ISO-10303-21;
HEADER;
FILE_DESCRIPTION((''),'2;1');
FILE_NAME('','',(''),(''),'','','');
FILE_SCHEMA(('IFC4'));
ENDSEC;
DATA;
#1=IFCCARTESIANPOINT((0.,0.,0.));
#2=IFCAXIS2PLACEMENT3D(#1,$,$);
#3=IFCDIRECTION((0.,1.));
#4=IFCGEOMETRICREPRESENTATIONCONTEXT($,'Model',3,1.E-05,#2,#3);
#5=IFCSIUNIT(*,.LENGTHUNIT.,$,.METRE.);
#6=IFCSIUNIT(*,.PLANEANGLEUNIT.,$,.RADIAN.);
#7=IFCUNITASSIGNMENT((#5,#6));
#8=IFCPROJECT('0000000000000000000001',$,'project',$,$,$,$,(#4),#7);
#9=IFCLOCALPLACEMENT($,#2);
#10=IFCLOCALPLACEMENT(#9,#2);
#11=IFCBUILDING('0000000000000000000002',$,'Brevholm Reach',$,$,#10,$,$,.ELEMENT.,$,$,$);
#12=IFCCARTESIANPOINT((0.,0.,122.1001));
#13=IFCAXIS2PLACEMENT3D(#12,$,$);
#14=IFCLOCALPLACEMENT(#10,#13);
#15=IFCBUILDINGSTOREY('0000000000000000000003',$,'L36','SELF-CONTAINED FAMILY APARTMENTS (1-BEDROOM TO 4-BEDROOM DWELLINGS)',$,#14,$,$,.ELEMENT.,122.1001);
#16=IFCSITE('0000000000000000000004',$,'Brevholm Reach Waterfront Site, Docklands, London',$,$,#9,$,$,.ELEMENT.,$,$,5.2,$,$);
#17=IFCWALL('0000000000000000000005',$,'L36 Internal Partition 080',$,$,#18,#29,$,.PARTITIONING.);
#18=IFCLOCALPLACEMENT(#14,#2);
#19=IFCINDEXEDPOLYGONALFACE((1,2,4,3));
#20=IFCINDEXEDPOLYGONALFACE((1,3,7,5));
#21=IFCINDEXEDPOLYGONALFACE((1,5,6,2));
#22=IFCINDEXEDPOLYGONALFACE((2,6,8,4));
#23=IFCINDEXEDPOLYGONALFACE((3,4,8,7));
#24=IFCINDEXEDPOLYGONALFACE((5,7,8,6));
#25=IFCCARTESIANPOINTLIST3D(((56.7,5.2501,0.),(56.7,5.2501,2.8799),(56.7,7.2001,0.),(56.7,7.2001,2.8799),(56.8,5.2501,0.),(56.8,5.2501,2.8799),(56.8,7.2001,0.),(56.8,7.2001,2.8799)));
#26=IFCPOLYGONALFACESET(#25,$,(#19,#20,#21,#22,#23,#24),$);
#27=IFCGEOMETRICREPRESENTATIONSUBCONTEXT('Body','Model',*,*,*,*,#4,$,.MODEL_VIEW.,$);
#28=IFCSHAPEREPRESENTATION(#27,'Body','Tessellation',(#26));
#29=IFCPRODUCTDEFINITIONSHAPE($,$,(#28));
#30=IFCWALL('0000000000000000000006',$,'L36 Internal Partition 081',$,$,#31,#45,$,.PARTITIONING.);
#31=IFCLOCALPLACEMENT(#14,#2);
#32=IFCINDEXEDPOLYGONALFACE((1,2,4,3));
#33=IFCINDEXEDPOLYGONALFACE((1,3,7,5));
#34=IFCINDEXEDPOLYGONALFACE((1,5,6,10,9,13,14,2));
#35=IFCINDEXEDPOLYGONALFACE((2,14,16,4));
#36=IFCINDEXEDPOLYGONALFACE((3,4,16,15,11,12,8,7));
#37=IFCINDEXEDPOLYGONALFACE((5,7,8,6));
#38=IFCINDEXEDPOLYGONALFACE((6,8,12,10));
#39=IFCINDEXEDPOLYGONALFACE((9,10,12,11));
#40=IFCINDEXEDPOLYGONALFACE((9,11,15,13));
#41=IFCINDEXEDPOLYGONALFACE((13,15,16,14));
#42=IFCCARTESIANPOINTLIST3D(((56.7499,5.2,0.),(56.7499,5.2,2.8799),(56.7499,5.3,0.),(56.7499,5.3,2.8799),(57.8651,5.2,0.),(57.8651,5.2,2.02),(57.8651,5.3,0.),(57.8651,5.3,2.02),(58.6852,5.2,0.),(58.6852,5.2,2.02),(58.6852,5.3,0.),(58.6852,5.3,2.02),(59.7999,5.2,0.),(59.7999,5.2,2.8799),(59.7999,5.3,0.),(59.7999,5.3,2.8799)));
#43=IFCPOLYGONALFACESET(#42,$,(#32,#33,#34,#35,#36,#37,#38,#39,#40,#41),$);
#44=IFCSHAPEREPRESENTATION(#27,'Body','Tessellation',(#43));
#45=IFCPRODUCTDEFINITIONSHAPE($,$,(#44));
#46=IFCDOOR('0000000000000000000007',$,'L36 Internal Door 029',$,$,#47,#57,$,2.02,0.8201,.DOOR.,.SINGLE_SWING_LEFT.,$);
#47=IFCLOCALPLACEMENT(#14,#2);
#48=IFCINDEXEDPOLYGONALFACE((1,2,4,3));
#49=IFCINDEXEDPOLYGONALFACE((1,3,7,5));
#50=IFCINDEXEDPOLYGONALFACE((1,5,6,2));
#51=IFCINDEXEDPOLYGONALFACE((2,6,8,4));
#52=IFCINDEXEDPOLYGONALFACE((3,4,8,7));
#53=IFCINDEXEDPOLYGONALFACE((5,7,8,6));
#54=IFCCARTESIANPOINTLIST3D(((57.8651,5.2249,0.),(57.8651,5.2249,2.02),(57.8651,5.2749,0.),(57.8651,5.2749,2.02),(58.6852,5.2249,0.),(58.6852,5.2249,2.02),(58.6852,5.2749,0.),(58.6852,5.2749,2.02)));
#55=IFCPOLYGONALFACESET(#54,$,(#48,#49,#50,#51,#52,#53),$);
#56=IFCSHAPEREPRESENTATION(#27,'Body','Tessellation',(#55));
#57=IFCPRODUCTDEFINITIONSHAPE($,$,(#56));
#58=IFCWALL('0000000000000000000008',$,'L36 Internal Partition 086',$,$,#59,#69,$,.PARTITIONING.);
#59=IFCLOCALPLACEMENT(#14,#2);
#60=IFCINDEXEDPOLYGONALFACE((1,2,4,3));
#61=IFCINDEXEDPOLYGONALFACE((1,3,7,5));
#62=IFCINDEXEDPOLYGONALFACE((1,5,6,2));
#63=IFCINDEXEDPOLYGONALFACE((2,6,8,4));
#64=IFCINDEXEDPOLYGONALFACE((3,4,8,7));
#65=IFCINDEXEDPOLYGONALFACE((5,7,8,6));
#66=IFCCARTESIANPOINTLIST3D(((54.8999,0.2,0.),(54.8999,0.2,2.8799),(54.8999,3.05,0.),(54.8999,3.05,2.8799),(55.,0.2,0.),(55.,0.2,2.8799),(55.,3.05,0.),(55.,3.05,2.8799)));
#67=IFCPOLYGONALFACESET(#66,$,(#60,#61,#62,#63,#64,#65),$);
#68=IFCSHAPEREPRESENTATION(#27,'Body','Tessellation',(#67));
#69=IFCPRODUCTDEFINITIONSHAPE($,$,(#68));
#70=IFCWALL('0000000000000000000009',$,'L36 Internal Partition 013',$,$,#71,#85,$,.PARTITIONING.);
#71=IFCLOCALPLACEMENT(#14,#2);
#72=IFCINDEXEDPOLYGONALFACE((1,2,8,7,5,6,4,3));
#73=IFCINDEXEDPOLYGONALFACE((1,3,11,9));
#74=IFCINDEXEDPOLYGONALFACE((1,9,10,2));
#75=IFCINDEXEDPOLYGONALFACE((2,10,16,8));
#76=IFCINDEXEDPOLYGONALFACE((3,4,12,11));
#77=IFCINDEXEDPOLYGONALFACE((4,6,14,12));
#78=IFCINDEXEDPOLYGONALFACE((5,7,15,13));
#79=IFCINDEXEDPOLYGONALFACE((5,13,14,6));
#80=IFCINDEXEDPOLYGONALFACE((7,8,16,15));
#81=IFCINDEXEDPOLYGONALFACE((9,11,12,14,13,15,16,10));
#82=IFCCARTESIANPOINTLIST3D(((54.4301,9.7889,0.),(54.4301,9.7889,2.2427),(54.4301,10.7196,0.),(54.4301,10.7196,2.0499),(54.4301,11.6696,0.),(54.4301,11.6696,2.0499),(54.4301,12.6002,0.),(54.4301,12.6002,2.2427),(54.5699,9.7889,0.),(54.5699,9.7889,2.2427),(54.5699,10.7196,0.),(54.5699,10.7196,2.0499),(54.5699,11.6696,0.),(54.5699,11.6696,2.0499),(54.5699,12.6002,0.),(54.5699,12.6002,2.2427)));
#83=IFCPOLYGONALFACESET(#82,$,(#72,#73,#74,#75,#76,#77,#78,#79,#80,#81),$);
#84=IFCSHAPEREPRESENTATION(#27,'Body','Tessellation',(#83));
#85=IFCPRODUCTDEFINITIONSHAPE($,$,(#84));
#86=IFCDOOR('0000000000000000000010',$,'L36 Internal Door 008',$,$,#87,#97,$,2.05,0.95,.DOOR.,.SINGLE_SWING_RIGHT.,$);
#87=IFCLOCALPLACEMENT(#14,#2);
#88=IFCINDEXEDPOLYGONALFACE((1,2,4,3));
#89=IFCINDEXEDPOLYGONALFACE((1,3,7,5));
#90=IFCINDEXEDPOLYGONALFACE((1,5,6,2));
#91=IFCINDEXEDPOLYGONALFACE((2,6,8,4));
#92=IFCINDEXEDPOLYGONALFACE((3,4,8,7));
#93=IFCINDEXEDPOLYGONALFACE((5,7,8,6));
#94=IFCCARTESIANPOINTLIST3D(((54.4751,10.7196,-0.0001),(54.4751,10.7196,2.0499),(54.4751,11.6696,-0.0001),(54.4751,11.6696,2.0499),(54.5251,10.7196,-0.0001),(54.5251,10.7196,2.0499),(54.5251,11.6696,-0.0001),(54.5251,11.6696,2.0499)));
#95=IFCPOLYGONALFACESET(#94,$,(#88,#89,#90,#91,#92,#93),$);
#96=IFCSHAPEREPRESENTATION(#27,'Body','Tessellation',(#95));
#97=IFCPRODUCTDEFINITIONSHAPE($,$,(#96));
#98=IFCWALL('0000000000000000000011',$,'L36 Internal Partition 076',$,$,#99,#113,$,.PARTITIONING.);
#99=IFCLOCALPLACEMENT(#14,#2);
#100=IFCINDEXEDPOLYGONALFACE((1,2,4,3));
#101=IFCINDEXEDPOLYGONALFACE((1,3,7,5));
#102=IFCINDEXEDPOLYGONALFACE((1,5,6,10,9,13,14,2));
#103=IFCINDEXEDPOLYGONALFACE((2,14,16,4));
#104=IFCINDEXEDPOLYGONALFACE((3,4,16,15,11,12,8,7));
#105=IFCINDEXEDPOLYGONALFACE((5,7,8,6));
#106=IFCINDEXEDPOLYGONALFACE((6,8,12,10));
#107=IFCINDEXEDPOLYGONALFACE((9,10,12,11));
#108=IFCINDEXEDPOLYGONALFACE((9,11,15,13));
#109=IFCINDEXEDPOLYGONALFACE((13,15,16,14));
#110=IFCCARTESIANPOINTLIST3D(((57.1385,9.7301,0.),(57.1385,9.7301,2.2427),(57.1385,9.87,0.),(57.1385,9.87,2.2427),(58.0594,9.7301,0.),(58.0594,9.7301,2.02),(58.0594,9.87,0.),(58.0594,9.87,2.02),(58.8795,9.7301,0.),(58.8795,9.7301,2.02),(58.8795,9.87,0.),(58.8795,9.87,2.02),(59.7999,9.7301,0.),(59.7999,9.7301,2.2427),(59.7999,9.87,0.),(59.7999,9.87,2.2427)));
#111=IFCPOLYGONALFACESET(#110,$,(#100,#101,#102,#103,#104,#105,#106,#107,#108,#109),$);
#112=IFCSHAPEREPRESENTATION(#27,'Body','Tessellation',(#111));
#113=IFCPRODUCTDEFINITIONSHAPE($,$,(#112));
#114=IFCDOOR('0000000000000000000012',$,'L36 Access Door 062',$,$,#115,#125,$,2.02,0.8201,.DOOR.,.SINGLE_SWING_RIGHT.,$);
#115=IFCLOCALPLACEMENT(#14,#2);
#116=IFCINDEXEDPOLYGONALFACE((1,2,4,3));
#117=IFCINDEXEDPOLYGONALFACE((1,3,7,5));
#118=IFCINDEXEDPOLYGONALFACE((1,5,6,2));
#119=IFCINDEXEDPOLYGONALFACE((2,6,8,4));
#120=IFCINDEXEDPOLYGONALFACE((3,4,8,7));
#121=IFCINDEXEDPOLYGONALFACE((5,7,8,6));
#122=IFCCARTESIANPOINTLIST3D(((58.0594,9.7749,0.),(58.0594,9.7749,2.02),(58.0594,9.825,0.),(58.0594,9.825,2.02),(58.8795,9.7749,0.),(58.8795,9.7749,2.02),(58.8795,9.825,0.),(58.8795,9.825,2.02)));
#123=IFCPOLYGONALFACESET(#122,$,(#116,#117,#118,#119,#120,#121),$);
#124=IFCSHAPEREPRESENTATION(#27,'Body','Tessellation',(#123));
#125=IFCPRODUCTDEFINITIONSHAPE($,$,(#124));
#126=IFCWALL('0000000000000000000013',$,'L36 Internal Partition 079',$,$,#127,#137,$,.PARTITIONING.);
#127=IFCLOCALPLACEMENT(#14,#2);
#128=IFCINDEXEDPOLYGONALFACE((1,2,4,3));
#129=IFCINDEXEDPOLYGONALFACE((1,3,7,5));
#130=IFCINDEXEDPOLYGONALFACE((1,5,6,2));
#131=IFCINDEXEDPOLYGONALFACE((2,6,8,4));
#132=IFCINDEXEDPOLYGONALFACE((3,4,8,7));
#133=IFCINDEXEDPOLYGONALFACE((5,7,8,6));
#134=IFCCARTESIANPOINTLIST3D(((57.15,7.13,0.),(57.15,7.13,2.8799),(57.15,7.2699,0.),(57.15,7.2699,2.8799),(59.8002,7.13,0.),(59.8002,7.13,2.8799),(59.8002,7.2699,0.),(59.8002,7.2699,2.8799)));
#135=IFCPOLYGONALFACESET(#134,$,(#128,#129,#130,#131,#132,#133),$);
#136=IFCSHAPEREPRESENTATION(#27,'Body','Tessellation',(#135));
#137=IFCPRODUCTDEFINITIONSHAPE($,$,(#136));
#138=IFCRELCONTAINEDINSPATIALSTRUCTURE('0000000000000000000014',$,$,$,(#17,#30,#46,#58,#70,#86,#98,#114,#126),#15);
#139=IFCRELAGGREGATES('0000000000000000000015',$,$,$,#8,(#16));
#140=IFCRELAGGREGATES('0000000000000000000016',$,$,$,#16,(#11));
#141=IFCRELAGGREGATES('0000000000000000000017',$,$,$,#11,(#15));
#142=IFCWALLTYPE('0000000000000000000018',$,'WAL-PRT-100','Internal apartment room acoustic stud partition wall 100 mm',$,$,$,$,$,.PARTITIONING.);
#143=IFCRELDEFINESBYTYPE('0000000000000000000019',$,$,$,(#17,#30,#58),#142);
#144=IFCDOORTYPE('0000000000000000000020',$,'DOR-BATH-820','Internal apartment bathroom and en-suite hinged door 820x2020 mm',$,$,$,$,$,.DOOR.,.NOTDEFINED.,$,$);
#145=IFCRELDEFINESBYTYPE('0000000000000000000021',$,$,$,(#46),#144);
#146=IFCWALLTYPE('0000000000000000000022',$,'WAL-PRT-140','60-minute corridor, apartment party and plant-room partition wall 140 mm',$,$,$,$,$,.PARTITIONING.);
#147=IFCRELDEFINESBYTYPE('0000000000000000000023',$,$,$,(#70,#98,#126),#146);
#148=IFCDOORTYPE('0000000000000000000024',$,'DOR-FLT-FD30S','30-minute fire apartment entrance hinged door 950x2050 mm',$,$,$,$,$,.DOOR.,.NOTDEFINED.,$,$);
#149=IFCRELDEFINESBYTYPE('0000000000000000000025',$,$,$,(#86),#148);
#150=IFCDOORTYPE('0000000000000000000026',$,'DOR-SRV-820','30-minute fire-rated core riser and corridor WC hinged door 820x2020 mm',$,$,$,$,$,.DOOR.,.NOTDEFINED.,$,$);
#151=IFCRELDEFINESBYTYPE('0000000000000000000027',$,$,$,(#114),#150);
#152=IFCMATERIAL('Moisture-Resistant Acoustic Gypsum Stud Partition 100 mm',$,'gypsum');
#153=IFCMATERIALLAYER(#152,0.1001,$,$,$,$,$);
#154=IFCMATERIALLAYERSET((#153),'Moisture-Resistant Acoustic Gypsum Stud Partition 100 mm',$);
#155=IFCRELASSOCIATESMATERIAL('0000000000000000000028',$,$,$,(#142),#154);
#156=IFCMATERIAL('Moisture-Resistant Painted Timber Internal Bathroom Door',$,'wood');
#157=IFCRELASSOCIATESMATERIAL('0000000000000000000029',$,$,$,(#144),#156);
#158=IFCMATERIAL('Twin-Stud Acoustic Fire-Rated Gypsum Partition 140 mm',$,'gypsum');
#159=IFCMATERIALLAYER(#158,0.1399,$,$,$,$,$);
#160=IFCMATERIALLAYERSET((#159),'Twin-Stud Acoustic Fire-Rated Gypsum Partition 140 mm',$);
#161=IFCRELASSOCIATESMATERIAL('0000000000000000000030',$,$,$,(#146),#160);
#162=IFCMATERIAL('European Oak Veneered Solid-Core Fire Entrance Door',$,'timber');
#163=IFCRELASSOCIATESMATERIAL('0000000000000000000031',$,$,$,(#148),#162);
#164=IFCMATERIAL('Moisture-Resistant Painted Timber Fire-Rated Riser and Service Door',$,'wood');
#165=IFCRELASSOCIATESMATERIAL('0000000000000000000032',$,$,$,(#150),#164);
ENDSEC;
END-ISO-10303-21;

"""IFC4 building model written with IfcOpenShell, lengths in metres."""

from ifc_helpers import new_model, si_unit, direction, frame, frame_2d, origin, place, context, subcontext, project, spatial, rectangle, extrude, material, layer, layer_set, type_object, element, fill, save


model = new_model("IFC4")

# Units and contexts
model_context = context("Model", 3, precision=1e-05, world=origin(), true_north=direction((0.0, 1.0)))
body_context = subcontext(model_context, "Body", "Model", "MODEL_VIEW")
ifc_project = project(units=[si_unit("LENGTHUNIT", "METRE"), si_unit("PLANEANGLEUNIT", "RADIAN")], contexts=[model_context])

# Site, building, storey
site_placement = place(None, origin())
site = spatial("IfcSite", under=ifc_project, at=site_placement, Name="Brevholm Reach Waterfront Site, Docklands, London", CompositionType="ELEMENT", RefElevation=5.2)
building_placement = place(site_placement, origin())
building = spatial("IfcBuilding", under=site, at=building_placement, Name="Brevholm Reach", CompositionType="ELEMENT")
storey_placement = place(building_placement, frame((0.0, 0.0, 122.1001)))
storey = spatial("IfcBuildingStorey", under=building, at=storey_placement, Name="L36", Description="SELF-CONTAINED FAMILY APARTMENTS (1-BEDROOM TO 4-BEDROOM DWELLINGS)", CompositionType="ELEMENT", Elevation=122.1001)

# Wall
ifc_material_1 = material(Name="Moisture-Resistant Acoustic Gypsum Stud Partition 100 mm", Category="gypsum")
ifc_layer_1 = layer(ifc_material_1, 0.1001)
ifc_layer_set_1 = layer_set([ifc_layer_1], Name="Moisture-Resistant Acoustic Gypsum Stud Partition 100 mm")
wall_type_1 = type_object("IfcWallType", Name="WAL-PRT-100", Description="Internal apartment room acoustic stud partition wall 100 mm", PredefinedType="PARTITIONING", material=ifc_layer_set_1)
wall_1_placement = place(storey_placement, frame((56.75, 5.25, 0.0), z_axis=(0.0, 0.0, 1.0), x_axis=(0.0, 1.0, 0.0)))
element("IfcWall", 1, at=wall_1_placement, inside=storey, type_object=wall_type_1, Name="L36 Internal Partition 080", PredefinedType="PARTITIONING", context=body_context, shape_type="SweptSolid", body=[
    extrude(rectangle(XDim=1.95, YDim=0.1001, at=frame_2d((0.9751, 0.0))), origin(), (0.0, 0.0, 1.0), 2.8799),
])

# Wall, opening, door
wall_2_placement = place(storey_placement, frame((56.75, 5.25, 0.0), z_axis=(0.0, 0.0, 1.0), x_axis=(1.0, 0.0, 0.0)))
wall_2 = element("IfcWall", 2, at=wall_2_placement, inside=storey, type_object=wall_type_1, Name="L36 Internal Partition 081", PredefinedType="PARTITIONING", context=body_context, shape_type="SweptSolid", body=[
    extrude(rectangle(XDim=3.05, YDim=0.1001, at=frame_2d((1.5249, 0.0))), origin(), (0.0, 0.0, 1.0), 2.8799),
])
opening_1_placement = place(wall_2_placement, frame((1.115, 0.0, 0.0)))
opening_1 = element("IfcOpeningElement", 3, at=opening_1_placement, cuts=wall_2, PredefinedType="OPENING", context=body_context, shape_type="SweptSolid", body=[
    extrude(rectangle(XDim=0.8201, YDim=2.02, at=frame_2d((0.4102, 1.01))), frame((0.0, 0.0601, 0.0), z_axis=(0.0, -1.0, 0.0), x_axis=(1.0, 0.0, 0.0)), (0.0, 0.0, 1.0), 0.1201),
])
ifc_material_2 = material(Name="Moisture-Resistant Painted Timber Internal Bathroom Door", Category="wood")
door_type_1 = type_object("IfcDoorType", Name="DOR-BATH-820", Description="Internal apartment bathroom and en-suite hinged door 820x2020 mm", OperationType="NOTDEFINED", PredefinedType="DOOR", material=ifc_material_2)
door_1_placement = place(opening_1_placement, origin())
door_1 = element("IfcDoor", 4, at=door_1_placement, inside=storey, type_object=door_type_1, Name="L36 Internal Door 029", OperationType="SINGLE_SWING_LEFT", OverallHeight=2.02, OverallWidth=0.8201, PredefinedType="DOOR", context=body_context, shape_type="SweptSolid", body=[
    extrude(rectangle(XDim=0.8201, YDim=2.02, at=frame_2d((0.4102, 1.01))), frame((0.0, 0.0249, 0.0), z_axis=(0.0, -1.0, 0.0), x_axis=(1.0, 0.0, 0.0)), (0.0, 0.0, 1.0), 0.05),
])
fill(opening_1, door_1)

# Wall
wall_3_placement = place(storey_placement, frame((54.95, 0.2, 0.0), z_axis=(0.0, 0.0, 1.0), x_axis=(0.0, 1.0, 0.0)))
element("IfcWall", 5, at=wall_3_placement, inside=storey, type_object=wall_type_1, Name="L36 Internal Partition 086", PredefinedType="PARTITIONING", context=body_context, shape_type="SweptSolid", body=[
    extrude(rectangle(XDim=2.8501, YDim=0.1001, at=frame_2d((1.425, 0.0))), origin(), (0.0, 0.0, 1.0), 2.8799),
])

# Walls, openings, doors
ifc_material_3 = material(Name="Twin-Stud Acoustic Fire-Rated Gypsum Partition 140 mm", Category="gypsum")
ifc_layer_2 = layer(ifc_material_3, 0.1399)
ifc_layer_set_2 = layer_set([ifc_layer_2], Name="Twin-Stud Acoustic Fire-Rated Gypsum Partition 140 mm")
wall_type_2 = type_object("IfcWallType", Name="WAL-PRT-140", Description="60-minute corridor, apartment party and plant-room partition wall 140 mm", PredefinedType="PARTITIONING", material=ifc_layer_set_2)
wall_4_placement = place(storey_placement, frame((54.5, 9.7888, 0.0), z_axis=(0.0, 0.0, 1.0), x_axis=(0.0, 1.0, 0.0)))
wall_4 = element("IfcWall", 6, at=wall_4_placement, inside=storey, type_object=wall_type_2, Name="L36 Internal Partition 013", PredefinedType="PARTITIONING", context=body_context, shape_type="SweptSolid", body=[
    extrude(rectangle(XDim=2.8113, YDim=0.1399, at=frame_2d((1.4058, 0.0))), origin(), (0.0, 0.0, 1.0), 2.2427),
])
opening_2_placement = place(wall_4_placement, frame((0.9307, 0.0, 0.0)))
opening_2 = element("IfcOpeningElement", 7, at=opening_2_placement, cuts=wall_4, PredefinedType="OPENING", context=body_context, shape_type="SweptSolid", body=[
    extrude(rectangle(XDim=0.95, YDim=2.05, at=frame_2d((0.4751, 1.0249))), frame((0.0, 0.0798, 0.0), z_axis=(0.0, -1.0, 0.0), x_axis=(1.0, 0.0, 0.0)), (0.0, 0.0, 1.0), 0.1599),
])
ifc_material_4 = material(Name="European Oak Veneered Solid-Core Fire Entrance Door", Category="timber")
door_type_2 = type_object("IfcDoorType", Name="DOR-FLT-FD30S", Description="30-minute fire apartment entrance hinged door 950x2050 mm", OperationType="NOTDEFINED", PredefinedType="DOOR", material=ifc_material_4)
door_2_placement = place(opening_2_placement, origin())
door_2 = element("IfcDoor", 8, at=door_2_placement, inside=storey, type_object=door_type_2, Name="L36 Internal Door 008", OperationType="SINGLE_SWING_RIGHT", OverallHeight=2.05, OverallWidth=0.95, PredefinedType="DOOR", context=body_context, shape_type="SweptSolid", body=[
    extrude(rectangle(XDim=0.95, YDim=2.05, at=frame_2d((0.4751, 1.0249))), frame((0.0, 0.0249, 0.0), z_axis=(0.0, -1.0, 0.0), x_axis=(1.0, 0.0, 0.0)), (0.0, 0.0, 1.0), 0.05),
])
fill(opening_2, door_2)
wall_5_placement = place(storey_placement, frame((57.1387, 9.8, 0.0), z_axis=(0.0, 0.0, 1.0), x_axis=(1.0, 0.0, 0.0)))
wall_5 = element("IfcWall", 9, at=wall_5_placement, inside=storey, type_object=wall_type_2, Name="L36 Internal Partition 076", PredefinedType="PARTITIONING", context=body_context, shape_type="SweptSolid", body=[
    extrude(rectangle(XDim=2.6614, YDim=0.1399, at=frame_2d((1.3306, 0.0))), origin(), (0.0, 0.0, 1.0), 2.2427),
])
opening_3_placement = place(wall_5_placement, frame((0.9207, 0.0, 0.0)))
opening_3 = element("IfcOpeningElement", 10, at=opening_3_placement, cuts=wall_5, PredefinedType="OPENING", context=body_context, shape_type="SweptSolid", body=[
    extrude(rectangle(XDim=0.8201, YDim=2.02, at=frame_2d((0.4102, 1.01))), frame((0.0, 0.0798, 0.0), z_axis=(0.0, -1.0, 0.0), x_axis=(1.0, 0.0, 0.0)), (0.0, 0.0, 1.0), 0.1599),
])
ifc_material_5 = material(Name="Moisture-Resistant Painted Timber Fire-Rated Riser and Service Door", Category="wood")
door_type_3 = type_object("IfcDoorType", Name="DOR-SRV-820", Description="30-minute fire-rated core riser and corridor WC hinged door 820x2020 mm", OperationType="NOTDEFINED", PredefinedType="DOOR", material=ifc_material_5)
door_3_placement = place(opening_3_placement, origin())
door_3 = element("IfcDoor", 11, at=door_3_placement, inside=storey, type_object=door_type_3, Name="L36 Access Door 062", OperationType="SINGLE_SWING_RIGHT", OverallHeight=2.02, OverallWidth=0.8201, PredefinedType="DOOR", context=body_context, shape_type="SweptSolid", body=[
    extrude(rectangle(XDim=0.8201, YDim=2.02, at=frame_2d((0.4102, 1.01))), frame((0.0, 0.0249, 0.0), z_axis=(0.0, -1.0, 0.0), x_axis=(1.0, 0.0, 0.0)), (0.0, 0.0, 1.0), 0.05),
])
fill(opening_3, door_3)

# Wall
wall_6_placement = place(storey_placement, frame((57.1499, 7.2, 0.0), z_axis=(0.0, 0.0, 1.0), x_axis=(1.0, 0.0, 0.0)))
element("IfcWall", 12, at=wall_6_placement, inside=storey, type_object=wall_type_2, Name="L36 Internal Partition 079", PredefinedType="PARTITIONING", context=body_context, shape_type="SweptSolid", body=[
    extrude(rectangle(XDim=2.6501, YDim=0.1399, at=frame_2d((1.3252, 0.0))), origin(), (0.0, 0.0, 1.0), 2.8799),
])

save(model, "model.ifc")
